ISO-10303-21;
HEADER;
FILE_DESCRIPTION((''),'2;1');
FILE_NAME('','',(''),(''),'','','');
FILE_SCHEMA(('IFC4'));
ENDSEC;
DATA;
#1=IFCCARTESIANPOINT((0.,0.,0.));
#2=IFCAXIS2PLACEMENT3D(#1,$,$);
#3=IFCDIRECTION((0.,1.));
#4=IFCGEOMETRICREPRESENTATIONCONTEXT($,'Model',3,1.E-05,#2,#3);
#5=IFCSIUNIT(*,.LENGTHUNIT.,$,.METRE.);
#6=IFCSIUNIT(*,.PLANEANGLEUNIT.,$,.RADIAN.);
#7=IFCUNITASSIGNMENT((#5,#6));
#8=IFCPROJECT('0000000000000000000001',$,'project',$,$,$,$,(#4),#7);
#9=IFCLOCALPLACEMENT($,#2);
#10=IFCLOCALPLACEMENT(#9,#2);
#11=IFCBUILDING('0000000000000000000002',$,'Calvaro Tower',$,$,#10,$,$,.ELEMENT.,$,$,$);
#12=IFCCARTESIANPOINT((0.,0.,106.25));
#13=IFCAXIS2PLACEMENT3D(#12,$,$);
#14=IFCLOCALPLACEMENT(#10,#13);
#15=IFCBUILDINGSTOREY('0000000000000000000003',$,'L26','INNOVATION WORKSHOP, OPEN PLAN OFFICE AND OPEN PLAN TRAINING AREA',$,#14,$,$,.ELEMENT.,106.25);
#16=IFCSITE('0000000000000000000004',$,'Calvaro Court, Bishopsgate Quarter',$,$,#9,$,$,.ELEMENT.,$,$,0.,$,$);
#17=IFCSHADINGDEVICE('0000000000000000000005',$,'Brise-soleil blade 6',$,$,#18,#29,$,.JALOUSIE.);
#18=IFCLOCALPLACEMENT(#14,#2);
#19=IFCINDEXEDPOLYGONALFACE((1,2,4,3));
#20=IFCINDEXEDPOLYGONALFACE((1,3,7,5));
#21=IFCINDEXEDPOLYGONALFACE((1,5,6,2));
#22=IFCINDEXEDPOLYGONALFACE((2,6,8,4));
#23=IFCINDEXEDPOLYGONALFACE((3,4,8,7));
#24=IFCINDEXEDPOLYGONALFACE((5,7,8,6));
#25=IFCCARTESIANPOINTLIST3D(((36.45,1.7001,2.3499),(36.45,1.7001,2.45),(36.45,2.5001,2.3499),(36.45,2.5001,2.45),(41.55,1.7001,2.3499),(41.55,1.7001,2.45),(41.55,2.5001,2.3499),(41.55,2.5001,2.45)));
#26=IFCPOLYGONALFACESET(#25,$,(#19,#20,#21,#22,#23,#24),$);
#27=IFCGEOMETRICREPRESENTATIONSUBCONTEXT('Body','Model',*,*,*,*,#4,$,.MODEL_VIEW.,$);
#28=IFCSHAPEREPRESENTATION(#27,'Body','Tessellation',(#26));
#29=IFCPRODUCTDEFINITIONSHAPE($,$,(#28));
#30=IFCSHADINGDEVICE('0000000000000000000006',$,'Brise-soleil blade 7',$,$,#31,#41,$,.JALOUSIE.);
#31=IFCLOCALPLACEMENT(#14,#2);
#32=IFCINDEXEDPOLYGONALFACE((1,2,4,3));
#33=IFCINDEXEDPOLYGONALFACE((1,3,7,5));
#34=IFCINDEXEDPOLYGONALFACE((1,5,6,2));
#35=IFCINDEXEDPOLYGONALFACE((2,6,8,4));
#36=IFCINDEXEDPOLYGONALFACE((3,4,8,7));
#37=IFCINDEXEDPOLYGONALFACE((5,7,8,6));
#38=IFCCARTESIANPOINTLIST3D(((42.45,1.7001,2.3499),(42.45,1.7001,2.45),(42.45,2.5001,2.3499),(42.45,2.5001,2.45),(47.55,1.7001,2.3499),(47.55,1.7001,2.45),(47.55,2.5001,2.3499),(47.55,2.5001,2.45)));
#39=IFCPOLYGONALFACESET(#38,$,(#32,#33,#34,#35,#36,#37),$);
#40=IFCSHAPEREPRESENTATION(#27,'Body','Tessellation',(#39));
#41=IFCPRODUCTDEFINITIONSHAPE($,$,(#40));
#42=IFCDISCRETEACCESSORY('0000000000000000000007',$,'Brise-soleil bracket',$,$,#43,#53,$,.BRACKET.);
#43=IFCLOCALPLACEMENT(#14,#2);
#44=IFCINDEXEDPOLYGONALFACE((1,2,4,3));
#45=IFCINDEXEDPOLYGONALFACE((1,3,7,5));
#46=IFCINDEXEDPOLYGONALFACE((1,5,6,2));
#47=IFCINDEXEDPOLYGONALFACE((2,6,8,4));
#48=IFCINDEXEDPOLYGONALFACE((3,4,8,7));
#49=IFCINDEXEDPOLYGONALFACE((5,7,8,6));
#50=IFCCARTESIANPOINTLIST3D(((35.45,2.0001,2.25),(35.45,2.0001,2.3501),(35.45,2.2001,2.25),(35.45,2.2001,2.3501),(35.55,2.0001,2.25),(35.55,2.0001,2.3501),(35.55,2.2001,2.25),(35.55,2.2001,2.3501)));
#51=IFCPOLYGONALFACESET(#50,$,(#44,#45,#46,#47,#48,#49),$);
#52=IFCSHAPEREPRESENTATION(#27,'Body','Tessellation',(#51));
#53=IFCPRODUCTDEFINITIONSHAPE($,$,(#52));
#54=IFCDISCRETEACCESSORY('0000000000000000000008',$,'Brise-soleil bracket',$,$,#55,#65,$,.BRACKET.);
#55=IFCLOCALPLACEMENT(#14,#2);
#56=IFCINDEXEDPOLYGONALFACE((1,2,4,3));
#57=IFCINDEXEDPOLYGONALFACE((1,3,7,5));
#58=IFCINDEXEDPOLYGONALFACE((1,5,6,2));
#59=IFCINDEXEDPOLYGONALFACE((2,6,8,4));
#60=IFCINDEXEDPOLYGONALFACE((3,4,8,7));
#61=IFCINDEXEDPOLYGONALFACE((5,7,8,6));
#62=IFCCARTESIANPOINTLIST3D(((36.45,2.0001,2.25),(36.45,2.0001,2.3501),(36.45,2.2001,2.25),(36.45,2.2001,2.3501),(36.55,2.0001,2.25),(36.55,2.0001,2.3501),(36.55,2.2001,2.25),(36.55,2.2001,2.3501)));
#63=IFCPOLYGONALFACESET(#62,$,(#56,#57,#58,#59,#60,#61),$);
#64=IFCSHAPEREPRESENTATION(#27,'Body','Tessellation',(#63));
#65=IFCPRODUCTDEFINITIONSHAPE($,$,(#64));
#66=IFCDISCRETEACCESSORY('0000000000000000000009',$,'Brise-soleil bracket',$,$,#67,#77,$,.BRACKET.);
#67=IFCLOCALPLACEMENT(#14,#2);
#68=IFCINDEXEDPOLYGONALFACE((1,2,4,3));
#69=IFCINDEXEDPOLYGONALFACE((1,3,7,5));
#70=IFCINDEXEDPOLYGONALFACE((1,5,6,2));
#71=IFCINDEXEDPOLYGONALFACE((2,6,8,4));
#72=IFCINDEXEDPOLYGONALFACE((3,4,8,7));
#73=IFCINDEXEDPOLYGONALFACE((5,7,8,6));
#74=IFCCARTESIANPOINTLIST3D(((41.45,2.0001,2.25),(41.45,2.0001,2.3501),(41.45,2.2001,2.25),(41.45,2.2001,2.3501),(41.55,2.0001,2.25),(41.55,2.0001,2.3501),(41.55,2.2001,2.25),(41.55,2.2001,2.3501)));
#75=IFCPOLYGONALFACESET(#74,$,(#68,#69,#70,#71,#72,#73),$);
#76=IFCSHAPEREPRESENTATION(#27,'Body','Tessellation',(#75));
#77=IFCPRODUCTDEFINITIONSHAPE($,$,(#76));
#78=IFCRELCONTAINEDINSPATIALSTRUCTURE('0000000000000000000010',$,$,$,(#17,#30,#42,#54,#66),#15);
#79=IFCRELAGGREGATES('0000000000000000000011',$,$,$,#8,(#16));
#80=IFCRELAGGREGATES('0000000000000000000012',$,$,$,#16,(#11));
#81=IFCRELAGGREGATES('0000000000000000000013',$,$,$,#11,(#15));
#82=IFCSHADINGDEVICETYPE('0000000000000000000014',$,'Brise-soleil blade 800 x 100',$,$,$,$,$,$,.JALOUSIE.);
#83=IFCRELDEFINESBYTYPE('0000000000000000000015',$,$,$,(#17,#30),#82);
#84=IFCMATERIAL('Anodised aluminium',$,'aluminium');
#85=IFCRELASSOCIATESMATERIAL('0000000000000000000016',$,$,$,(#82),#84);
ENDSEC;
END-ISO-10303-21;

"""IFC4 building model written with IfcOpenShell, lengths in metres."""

from ifc_helpers import new_model, si_unit, direction, frame, origin, origin_2d, place, context, subcontext, project, spatial, rectangle, extrude, material, material_profile, profile_set, type_object, element, save


model = new_model("IFC4")

# Units and contexts
model_context = context("Model", 3, precision=1e-05, world=origin(), true_north=direction((0.0, 1.0)))
body_context = subcontext(model_context, "Body", "Model", "MODEL_VIEW")
ifc_project = project(units=[si_unit("LENGTHUNIT", "METRE"), si_unit("PLANEANGLEUNIT", "RADIAN")], contexts=[model_context])

# Site, building, storey
site_placement = place(None, origin())
site = spatial("IfcSite", under=ifc_project, at=site_placement, Name="Calvaro Court, Bishopsgate Quarter", CompositionType="ELEMENT", RefElevation=0.0)
building_placement = place(site_placement, origin())
building = spatial("IfcBuilding", under=site, at=building_placement, Name="Calvaro Tower", CompositionType="ELEMENT")
storey_placement = place(building_placement, frame((0.0, 0.0, 106.25)))
storey = spatial("IfcBuildingStorey", under=building, at=storey_placement, Name="L26", Description="INNOVATION WORKSHOP, OPEN PLAN OFFICE AND OPEN PLAN TRAINING AREA", CompositionType="ELEMENT", Elevation=106.25)

# Shading devices
ifc_material_1 = material(Name="Anodised aluminium", Category="aluminium")
ifc_material_profile_1 = material_profile(ifc_material_1, rectangle(XDim=0.8, YDim=0.1001, at=origin_2d()), Name="Brise-soleil blade 800 x 100")
ifc_profile_set_1 = profile_set([ifc_material_profile_1], Name="Anodised aluminium")
shading_device_type = type_object("IfcShadingDeviceType", Name="Brise-soleil blade 800 x 100", PredefinedType="JALOUSIE", material=ifc_profile_set_1)
for number, where, z_axis, x_axis, name in (
    (1, (36.45, 2.1001, 2.3999), (1.0, 0.0, 0.0), (0.0, 1.0, 0.0), "Brise-soleil blade 6"),
    (2, (42.45, 2.1001, 2.3999), (1.0, 0.0, 0.0), (0.0, 1.0, 0.0), "Brise-soleil blade 7"),
):
    element("IfcShadingDevice", number, at=place(storey_placement, frame(where, z_axis=z_axis, x_axis=x_axis)), inside=storey, type_object=shading_device_type, Name=name, PredefinedType="JALOUSIE", context=body_context, shape_type="SweptSolid", body=[
        extrude(rectangle(XDim=0.8, YDim=0.1001, at=origin_2d()), origin(), (0.0, 0.0, 1.0), 5.1001),
    ])

# Discrete accessories
for number, where, z_axis, x_axis, name in (
    (3, (35.5, 2.1001, 2.25), (0.0, 0.0, 1.0), (1.0, 0.0, 0.0), "Brise-soleil bracket"),
    (4, (36.5, 2.1001, 2.25), (0.0, 0.0, 1.0), (1.0, 0.0, 0.0), "Brise-soleil bracket"),
    (5, (41.5, 2.1001, 2.25), (0.0, 0.0, 1.0), (1.0, 0.0, 0.0), "Brise-soleil bracket"),
):
    element("IfcDiscreteAccessory", number, at=place(storey_placement, frame(where, z_axis=z_axis, x_axis=x_axis)), inside=storey, Name=name, PredefinedType="BRACKET", context=body_context, shape_type="SweptSolid", body=[
        extrude(rectangle(XDim=0.1001, YDim=0.2, at=origin_2d()), origin(), (0.0, 0.0, 1.0), 0.1001),
    ])

save(model, "model.ifc")
